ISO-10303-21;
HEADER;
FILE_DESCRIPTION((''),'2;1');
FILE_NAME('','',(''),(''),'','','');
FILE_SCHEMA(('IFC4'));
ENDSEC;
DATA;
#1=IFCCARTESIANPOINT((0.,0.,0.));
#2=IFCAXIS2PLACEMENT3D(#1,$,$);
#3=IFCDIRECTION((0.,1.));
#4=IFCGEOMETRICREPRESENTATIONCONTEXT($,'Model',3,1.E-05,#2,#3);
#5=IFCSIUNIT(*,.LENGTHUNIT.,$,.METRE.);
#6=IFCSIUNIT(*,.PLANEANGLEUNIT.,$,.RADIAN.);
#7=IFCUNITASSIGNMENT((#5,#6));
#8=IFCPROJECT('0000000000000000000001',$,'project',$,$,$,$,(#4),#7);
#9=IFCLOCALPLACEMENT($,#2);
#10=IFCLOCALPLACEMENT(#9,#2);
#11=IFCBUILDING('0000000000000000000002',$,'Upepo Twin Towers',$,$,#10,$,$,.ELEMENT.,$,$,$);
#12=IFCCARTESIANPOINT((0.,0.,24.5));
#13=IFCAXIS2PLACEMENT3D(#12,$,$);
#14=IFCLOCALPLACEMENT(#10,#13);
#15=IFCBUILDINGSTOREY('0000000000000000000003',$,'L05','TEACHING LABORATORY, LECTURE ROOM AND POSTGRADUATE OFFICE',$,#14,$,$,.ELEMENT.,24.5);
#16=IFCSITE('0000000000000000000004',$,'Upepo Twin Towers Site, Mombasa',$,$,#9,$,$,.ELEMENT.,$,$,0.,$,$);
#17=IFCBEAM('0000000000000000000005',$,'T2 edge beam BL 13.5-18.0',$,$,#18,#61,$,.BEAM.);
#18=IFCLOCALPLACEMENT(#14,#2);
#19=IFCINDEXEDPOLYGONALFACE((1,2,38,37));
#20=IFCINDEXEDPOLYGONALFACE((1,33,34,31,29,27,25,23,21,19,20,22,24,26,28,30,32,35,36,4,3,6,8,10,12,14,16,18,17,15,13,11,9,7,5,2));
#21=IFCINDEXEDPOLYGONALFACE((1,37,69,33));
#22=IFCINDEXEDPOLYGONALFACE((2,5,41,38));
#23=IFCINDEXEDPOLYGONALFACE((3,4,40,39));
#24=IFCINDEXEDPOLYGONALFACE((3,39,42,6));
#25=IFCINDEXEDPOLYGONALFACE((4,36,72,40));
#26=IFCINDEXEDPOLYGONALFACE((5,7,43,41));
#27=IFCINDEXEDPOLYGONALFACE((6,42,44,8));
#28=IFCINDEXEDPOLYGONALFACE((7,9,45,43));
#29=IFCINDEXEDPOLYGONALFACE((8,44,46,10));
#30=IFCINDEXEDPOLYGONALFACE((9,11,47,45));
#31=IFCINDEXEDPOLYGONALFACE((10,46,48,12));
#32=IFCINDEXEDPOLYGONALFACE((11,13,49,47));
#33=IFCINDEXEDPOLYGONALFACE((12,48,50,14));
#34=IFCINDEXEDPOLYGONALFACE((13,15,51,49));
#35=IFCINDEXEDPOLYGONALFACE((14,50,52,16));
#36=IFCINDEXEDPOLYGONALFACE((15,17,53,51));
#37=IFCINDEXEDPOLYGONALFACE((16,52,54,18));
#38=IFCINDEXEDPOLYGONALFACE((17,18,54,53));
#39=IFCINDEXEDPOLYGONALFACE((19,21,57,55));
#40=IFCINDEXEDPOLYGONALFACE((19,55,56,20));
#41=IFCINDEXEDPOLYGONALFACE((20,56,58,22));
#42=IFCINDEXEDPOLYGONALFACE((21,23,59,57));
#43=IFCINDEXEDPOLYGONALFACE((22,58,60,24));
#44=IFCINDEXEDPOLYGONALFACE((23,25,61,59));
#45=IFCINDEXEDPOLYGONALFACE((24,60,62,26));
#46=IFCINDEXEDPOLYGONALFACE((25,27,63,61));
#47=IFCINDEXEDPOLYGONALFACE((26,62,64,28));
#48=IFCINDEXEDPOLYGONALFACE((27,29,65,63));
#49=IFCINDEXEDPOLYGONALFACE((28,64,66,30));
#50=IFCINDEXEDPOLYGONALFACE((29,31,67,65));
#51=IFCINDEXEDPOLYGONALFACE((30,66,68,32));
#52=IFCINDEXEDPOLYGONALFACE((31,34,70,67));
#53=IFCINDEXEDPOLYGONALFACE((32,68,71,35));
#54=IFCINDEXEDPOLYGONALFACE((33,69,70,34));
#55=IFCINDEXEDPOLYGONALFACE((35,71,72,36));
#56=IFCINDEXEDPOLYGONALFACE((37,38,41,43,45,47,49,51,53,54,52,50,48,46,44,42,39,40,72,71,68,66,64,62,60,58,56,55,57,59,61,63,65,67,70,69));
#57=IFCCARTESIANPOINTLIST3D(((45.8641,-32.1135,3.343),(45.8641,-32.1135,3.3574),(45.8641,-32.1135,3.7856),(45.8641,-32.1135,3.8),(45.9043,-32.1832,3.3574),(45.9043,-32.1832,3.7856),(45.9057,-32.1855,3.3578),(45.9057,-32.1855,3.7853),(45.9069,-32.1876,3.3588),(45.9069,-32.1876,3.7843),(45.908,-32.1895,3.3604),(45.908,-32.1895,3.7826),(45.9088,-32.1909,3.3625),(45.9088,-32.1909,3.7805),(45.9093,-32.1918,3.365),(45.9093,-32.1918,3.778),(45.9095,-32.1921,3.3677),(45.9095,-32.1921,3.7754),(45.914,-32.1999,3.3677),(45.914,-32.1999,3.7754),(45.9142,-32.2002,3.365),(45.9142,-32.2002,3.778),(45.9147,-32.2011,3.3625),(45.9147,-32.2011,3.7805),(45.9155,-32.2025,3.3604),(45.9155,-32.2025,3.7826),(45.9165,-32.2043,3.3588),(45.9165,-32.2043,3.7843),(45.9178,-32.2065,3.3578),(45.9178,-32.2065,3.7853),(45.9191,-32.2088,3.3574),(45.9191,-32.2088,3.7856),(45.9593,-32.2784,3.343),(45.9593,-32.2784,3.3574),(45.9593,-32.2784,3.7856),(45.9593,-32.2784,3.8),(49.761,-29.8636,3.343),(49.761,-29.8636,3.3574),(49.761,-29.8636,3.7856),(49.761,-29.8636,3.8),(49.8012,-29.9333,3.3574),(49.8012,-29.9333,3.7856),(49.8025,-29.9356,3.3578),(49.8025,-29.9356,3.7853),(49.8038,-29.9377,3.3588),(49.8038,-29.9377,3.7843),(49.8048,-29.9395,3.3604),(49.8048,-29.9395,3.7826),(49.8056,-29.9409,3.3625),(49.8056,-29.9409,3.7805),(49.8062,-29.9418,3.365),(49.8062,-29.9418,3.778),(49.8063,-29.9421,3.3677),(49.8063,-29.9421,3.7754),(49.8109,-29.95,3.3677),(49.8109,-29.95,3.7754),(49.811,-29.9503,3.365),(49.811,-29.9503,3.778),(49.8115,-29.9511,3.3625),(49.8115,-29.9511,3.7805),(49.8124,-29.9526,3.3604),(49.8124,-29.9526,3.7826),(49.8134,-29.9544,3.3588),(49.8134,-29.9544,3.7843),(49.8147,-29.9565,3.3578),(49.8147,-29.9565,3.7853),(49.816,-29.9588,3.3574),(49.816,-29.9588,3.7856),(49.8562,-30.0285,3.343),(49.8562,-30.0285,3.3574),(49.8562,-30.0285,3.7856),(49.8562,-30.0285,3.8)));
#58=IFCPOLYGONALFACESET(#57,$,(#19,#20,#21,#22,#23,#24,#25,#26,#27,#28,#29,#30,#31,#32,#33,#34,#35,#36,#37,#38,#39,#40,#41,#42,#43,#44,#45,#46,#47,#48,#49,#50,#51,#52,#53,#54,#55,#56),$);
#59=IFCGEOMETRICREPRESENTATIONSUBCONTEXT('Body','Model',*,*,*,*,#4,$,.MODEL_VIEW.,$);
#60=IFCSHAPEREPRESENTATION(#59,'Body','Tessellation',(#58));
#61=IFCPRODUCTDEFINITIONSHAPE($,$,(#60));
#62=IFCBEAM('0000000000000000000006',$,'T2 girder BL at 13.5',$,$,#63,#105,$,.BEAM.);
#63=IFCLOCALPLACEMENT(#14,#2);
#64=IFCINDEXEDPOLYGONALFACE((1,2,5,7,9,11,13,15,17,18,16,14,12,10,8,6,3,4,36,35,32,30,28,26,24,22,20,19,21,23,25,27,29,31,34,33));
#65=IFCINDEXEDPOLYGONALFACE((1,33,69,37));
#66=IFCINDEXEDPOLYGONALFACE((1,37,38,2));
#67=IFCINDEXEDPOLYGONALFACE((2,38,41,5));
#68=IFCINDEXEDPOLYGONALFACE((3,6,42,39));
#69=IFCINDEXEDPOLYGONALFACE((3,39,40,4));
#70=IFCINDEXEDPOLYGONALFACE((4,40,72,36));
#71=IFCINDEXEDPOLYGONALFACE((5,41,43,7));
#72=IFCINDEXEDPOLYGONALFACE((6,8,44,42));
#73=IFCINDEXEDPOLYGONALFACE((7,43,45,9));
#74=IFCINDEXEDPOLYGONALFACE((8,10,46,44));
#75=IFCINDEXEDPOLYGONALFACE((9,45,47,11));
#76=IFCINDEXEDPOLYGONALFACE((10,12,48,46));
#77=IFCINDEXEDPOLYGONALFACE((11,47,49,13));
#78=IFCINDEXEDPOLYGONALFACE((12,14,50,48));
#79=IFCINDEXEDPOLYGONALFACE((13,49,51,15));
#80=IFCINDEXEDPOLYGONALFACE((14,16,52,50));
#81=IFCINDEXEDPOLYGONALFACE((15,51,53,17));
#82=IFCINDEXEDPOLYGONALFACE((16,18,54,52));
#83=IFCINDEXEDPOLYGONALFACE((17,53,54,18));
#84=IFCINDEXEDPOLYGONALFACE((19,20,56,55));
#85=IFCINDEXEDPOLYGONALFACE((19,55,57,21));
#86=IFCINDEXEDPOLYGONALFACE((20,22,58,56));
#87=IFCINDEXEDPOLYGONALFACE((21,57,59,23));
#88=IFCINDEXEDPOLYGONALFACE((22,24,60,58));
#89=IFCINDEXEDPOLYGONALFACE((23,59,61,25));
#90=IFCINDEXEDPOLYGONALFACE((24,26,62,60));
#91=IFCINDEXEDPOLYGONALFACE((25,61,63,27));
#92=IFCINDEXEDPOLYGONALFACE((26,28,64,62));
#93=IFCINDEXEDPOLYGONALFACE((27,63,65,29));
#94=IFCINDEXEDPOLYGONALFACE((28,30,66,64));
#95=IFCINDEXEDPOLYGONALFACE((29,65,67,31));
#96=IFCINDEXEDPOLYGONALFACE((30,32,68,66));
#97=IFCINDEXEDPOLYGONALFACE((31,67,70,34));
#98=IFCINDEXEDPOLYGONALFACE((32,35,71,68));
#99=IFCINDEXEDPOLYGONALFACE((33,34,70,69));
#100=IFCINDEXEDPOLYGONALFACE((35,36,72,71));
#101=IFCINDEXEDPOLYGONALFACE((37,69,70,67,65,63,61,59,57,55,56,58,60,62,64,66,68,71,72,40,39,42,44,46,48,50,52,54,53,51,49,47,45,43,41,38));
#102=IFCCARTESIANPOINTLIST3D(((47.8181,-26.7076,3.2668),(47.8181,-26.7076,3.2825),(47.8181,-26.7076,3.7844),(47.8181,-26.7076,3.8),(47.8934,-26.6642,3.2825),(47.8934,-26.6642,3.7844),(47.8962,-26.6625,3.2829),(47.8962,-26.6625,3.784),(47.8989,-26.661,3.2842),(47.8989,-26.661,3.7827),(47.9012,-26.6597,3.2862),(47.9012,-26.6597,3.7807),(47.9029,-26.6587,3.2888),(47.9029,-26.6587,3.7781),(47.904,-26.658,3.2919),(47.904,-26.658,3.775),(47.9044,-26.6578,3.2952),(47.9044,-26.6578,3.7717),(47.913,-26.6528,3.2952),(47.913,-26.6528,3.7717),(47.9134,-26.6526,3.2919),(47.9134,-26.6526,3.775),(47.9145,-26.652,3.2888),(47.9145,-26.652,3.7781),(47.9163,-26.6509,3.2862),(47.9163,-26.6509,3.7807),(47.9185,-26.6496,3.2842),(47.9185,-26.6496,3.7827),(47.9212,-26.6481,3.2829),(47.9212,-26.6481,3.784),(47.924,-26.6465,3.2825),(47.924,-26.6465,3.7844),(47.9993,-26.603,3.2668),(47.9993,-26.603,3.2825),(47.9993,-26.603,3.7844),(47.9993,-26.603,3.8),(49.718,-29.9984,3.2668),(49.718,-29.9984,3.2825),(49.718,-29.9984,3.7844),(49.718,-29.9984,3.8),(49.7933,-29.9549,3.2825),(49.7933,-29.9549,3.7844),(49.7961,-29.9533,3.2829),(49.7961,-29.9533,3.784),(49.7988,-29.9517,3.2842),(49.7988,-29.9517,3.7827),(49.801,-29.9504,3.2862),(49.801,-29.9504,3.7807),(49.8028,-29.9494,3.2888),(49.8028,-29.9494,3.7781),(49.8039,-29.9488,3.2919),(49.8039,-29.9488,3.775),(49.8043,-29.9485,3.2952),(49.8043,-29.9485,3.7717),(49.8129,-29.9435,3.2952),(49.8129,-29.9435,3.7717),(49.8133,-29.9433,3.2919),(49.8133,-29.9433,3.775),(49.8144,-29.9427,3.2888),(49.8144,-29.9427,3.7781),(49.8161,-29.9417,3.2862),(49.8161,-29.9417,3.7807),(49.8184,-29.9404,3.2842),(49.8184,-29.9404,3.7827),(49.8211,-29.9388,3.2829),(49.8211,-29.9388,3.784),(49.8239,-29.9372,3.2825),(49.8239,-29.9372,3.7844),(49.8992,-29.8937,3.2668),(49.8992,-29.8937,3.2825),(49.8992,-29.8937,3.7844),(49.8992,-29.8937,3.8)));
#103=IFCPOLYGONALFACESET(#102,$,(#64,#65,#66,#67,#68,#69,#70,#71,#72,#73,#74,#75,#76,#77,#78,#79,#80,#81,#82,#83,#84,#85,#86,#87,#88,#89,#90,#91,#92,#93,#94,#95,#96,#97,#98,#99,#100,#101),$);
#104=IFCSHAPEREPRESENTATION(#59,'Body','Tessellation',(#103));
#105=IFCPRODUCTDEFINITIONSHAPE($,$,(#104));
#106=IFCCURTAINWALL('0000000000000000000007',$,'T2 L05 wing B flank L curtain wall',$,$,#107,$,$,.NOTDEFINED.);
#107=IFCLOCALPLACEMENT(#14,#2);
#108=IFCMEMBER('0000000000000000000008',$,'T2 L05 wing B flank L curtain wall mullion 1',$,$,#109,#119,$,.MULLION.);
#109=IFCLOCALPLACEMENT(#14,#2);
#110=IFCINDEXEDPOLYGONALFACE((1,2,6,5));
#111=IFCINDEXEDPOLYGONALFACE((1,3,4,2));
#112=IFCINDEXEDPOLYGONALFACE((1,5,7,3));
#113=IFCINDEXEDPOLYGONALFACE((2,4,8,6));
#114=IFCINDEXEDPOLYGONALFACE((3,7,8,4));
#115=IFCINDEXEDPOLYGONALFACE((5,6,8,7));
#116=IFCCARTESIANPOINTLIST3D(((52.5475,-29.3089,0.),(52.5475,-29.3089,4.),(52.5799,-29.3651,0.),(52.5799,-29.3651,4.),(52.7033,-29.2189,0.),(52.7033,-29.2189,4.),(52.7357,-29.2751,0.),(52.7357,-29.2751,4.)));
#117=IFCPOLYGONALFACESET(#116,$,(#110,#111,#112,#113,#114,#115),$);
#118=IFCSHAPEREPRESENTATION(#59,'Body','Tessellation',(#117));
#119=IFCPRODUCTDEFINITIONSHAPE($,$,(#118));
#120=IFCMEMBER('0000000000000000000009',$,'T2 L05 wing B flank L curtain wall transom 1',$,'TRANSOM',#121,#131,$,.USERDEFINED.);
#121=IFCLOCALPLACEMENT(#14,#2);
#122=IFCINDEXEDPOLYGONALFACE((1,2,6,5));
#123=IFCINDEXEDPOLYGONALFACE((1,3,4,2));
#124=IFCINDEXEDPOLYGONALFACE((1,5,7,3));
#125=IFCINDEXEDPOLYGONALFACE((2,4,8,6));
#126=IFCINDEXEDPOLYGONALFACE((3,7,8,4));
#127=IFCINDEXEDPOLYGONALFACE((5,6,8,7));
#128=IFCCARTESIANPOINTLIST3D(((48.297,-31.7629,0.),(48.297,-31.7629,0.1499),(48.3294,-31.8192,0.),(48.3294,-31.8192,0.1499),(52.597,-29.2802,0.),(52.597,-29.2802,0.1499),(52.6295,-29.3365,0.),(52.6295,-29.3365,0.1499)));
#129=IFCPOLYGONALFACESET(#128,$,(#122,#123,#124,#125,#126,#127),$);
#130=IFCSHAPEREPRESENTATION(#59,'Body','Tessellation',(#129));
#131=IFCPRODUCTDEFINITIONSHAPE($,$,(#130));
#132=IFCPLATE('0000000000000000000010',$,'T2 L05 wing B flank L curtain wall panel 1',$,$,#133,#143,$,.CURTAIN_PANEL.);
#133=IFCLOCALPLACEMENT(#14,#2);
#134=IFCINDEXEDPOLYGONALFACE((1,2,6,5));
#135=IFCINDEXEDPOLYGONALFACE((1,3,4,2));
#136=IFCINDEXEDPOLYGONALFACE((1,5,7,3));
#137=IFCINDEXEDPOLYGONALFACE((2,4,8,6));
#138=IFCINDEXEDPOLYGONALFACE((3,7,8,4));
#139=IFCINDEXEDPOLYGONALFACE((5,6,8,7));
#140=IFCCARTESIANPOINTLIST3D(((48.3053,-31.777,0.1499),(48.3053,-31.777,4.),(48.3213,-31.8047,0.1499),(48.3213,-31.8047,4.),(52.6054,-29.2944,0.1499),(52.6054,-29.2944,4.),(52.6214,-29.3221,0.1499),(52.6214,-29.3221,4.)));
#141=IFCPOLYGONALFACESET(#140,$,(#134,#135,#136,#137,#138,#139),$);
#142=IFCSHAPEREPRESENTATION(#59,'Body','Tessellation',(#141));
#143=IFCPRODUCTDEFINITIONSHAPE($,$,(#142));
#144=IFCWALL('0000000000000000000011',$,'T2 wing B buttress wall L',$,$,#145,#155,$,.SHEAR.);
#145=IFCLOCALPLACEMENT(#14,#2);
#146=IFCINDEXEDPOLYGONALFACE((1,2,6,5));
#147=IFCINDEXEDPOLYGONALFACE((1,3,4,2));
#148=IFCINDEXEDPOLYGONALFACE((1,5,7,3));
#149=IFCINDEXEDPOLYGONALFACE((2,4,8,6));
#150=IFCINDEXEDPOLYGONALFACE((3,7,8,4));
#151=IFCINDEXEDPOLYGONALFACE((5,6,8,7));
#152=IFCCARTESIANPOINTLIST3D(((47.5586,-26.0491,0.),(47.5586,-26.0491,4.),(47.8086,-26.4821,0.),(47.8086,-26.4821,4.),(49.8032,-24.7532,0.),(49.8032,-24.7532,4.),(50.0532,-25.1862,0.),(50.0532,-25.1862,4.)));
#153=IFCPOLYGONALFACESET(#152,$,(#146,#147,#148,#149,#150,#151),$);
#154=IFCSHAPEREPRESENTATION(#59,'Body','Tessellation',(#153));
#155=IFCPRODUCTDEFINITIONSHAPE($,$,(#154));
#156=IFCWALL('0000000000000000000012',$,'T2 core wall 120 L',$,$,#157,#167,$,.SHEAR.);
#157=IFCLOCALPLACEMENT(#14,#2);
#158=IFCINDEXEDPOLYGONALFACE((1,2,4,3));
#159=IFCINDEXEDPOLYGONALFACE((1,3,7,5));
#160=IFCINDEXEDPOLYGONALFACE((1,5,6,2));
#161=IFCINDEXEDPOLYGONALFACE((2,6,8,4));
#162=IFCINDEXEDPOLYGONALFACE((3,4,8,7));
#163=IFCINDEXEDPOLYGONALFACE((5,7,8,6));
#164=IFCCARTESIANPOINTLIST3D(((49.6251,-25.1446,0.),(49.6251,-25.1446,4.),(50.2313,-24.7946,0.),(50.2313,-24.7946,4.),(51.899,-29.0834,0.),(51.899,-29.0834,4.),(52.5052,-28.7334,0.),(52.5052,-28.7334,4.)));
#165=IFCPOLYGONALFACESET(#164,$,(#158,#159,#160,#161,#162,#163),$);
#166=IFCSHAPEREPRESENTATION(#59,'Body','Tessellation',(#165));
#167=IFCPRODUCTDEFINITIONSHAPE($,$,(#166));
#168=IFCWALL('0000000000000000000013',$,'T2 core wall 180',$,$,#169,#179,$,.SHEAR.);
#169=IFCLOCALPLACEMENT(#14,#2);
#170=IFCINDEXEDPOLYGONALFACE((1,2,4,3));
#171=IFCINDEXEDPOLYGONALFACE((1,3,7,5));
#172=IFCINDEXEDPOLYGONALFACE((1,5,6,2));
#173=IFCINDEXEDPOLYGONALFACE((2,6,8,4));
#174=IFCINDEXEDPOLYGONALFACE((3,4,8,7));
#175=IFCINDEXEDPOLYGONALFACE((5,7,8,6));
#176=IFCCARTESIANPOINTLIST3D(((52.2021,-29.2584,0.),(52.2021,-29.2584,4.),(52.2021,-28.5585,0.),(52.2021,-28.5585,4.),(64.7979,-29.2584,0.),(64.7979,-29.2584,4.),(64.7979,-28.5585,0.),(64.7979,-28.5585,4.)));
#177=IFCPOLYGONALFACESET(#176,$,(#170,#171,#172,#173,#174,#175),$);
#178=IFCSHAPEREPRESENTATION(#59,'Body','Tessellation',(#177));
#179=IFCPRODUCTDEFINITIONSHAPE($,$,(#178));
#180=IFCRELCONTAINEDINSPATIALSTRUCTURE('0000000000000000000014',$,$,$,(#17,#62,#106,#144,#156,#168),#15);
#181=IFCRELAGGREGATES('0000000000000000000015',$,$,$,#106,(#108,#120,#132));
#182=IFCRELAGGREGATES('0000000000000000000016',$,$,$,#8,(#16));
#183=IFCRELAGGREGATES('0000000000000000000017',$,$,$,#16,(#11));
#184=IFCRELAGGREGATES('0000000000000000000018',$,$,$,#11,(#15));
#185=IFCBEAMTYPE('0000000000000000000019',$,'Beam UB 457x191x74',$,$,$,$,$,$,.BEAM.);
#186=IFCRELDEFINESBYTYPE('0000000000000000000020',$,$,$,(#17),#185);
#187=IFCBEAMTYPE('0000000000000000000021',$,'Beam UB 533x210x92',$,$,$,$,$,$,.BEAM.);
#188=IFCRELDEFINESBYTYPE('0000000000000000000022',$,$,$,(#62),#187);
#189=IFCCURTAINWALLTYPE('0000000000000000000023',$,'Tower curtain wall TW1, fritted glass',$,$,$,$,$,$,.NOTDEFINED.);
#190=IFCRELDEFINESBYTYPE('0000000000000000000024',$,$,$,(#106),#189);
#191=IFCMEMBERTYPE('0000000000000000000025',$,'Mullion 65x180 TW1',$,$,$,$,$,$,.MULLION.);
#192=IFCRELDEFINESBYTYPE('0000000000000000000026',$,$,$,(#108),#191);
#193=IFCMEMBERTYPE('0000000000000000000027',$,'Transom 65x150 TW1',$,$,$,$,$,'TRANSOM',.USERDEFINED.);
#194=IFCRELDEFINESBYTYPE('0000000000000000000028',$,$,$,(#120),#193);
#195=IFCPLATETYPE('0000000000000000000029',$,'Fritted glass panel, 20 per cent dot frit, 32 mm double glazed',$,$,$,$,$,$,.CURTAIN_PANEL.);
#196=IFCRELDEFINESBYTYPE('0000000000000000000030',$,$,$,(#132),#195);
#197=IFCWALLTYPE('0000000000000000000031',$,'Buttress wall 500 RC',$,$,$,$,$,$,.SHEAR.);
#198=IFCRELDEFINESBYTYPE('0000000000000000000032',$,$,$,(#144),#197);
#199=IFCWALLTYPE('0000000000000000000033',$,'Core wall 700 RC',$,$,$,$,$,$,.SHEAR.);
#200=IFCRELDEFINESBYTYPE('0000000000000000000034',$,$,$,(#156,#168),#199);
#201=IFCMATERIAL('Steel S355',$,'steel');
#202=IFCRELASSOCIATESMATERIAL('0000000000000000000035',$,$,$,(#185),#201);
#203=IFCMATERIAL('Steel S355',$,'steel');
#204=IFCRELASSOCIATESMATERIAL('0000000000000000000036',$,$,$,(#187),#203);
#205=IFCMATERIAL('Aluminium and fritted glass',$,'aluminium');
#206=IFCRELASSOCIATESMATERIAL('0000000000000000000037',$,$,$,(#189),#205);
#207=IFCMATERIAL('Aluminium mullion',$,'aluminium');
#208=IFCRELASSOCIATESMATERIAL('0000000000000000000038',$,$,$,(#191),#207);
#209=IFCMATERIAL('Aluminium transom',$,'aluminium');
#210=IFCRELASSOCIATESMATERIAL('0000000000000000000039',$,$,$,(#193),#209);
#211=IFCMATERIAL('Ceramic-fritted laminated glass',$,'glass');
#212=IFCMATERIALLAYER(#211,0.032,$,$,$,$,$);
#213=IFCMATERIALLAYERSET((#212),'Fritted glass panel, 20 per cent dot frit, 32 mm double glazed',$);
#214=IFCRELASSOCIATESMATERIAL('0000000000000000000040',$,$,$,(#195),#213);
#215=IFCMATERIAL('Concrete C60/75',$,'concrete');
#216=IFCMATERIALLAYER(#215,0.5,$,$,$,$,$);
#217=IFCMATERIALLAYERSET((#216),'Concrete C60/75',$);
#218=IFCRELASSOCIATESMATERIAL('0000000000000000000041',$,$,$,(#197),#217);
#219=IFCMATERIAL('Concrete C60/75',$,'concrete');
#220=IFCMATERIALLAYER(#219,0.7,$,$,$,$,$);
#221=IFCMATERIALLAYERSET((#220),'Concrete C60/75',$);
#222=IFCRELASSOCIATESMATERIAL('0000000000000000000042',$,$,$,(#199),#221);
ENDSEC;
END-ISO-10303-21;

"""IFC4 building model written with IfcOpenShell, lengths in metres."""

from ifc_helpers import new_model, si_unit, direction, frame, frame_2d, origin, origin_2d, place, context, subcontext, project, spatial, rectangle, i_section, extrude, material, layer, layer_set, material_profile, profile_set, type_object, element, aggregate, save


model = new_model("IFC4")

# Units and contexts
model_context = context("Model", 3, precision=1e-05, world=origin(), true_north=direction((0.0, 1.0)))
body_context = subcontext(model_context, "Body", "Model", "MODEL_VIEW")
ifc_project = project(units=[si_unit("LENGTHUNIT", "METRE"), si_unit("PLANEANGLEUNIT", "RADIAN")], contexts=[model_context])

# Site, building, storey
site_placement = place(None, origin())
site = spatial("IfcSite", under=ifc_project, at=site_placement, Name="Upepo Twin Towers Site, Mombasa", CompositionType="ELEMENT", RefElevation=0.0)
building_placement = place(site_placement, origin())
building = spatial("IfcBuilding", under=site, at=building_placement, Name="Upepo Twin Towers", CompositionType="ELEMENT")
storey_placement = place(building_placement, frame((0.0, 0.0, 24.5)))
storey = spatial("IfcBuildingStorey", under=building, at=storey_placement, Name="L05", Description="TEACHING LABORATORY, LECTURE ROOM AND POSTGRADUATE OFFICE", CompositionType="ELEMENT", Elevation=24.5)

# Beams
ifc_material_1 = material(Name="Steel S355", Category="steel")
ifc_material_profile_1 = material_profile(ifc_material_1, i_section(OverallWidth=0.1904, OverallDepth=0.457, WebThickness=0.009, FlangeThickness=0.0144, FilletRadius=0.0103, at=origin_2d()), Name="UB 457x191x74")
ifc_profile_set_1 = profile_set([ifc_material_profile_1], Name="Steel S355")
beam_type_1 = type_object("IfcBeamType", Name="Beam UB 457x191x74", PredefinedType="BEAM", material=ifc_profile_set_1)
beam_1_placement = place(storey_placement, frame((49.8086, -29.946, 3.5715), z_axis=(-0.866018, -0.500014, 0.0), x_axis=(0.500014, -0.866018, 0.0)))
element("IfcBeam", 1, at=beam_1_placement, inside=storey, type_object=beam_type_1, Name="T2 edge beam BL 13.5-18.0", PredefinedType="BEAM", context=body_context, shape_type="SweptSolid", body=[
    extrude(i_section(OverallWidth=0.1904, OverallDepth=0.457, WebThickness=0.009, FlangeThickness=0.0144, FilletRadius=0.0103, at=origin_2d()), origin(), (0.0, 0.0, 1.0), 4.4998),
])
ifc_material_2 = material(Name="Steel S355", Category="steel")
ifc_material_profile_2 = material_profile(ifc_material_2, i_section(OverallWidth=0.2092, OverallDepth=0.5332, WebThickness=0.01, FlangeThickness=0.0156, FilletRadius=0.0127, at=origin_2d()), Name="UB 533x210x92")
ifc_profile_set_2 = profile_set([ifc_material_profile_2], Name="Steel S355")
beam_type_2 = type_object("IfcBeamType", Name="Beam UB 533x210x92", PredefinedType="BEAM", material=ifc_profile_set_2)
beam_2_placement = place(storey_placement, frame((49.8086, -29.946, 3.5334), z_axis=(-0.499995, 0.866028, 0.0), x_axis=(-0.866028, -0.499995, 0.0)))
element("IfcBeam", 2, at=beam_2_placement, inside=storey, type_object=beam_type_2, Name="T2 girder BL at 13.5", PredefinedType="BEAM", context=body_context, shape_type="SweptSolid", body=[
    extrude(i_section(OverallWidth=0.2092, OverallDepth=0.5332, WebThickness=0.01, FlangeThickness=0.0156, FilletRadius=0.0127, at=origin_2d()), origin(), (0.0, 0.0, 1.0), 3.7998),
])

# Curtain wall, members, plate
ifc_material_3 = material(Name="Aluminium and fritted glass", Category="aluminium")
curtain_wall_type = type_object("IfcCurtainWallType", Name="Tower curtain wall TW1, fritted glass", PredefinedType="NOTDEFINED", material=ifc_material_3)
curtain_wall_placement = place(storey_placement, origin())
curtain_wall = element("IfcCurtainWall", 3, at=curtain_wall_placement, inside=storey, type_object=curtain_wall_type, Name="T2 L05 wing B flank L curtain wall", PredefinedType="NOTDEFINED")
ifc_material_4 = material(Name="Aluminium mullion", Category="aluminium")
ifc_material_profile_3 = material_profile(ifc_material_4, rectangle(XDim=0.0649, YDim=0.1799, at=origin_2d()), Name="MULLION 65x180")
ifc_profile_set_3 = profile_set([ifc_material_profile_3], Name="Aluminium mullion")
member_type_1 = type_object("IfcMemberType", Name="Mullion 65x180 TW1", PredefinedType="MULLION", material=ifc_profile_set_3)
member_1_placement = place(storey_placement, frame((52.6416, -29.292, 0.0), z_axis=(0.0, 0.0, 1.0), x_axis=(0.5, -0.866025, 0.0)))
member_1 = element("IfcMember", 4, at=member_1_placement, type_object=member_type_1, Name="T2 L05 wing B flank L curtain wall mullion 1", PredefinedType="MULLION", context=body_context, shape_type="SweptSolid", body=[
    extrude(rectangle(XDim=0.0649, YDim=0.1799, at=origin_2d()), origin(), (0.0, 0.0, 1.0), 4.0),
])
ifc_material_5 = material(Name="Aluminium transom", Category="aluminium")
ifc_material_profile_4 = material_profile(ifc_material_5, rectangle(XDim=0.0649, YDim=0.1499, at=origin_2d()), Name="TRANSOM 65x150")
ifc_profile_set_4 = profile_set([ifc_material_profile_4], Name="Aluminium transom")
member_type_2 = type_object("IfcMemberType", Name="Transom 65x150 TW1", ElementType="TRANSOM", PredefinedType="USERDEFINED", material=ifc_profile_set_4)
member_2_placement = place(storey_placement, frame((52.6133, -29.3083, 0.075), z_axis=(-0.866023, -0.500005, 0.0), x_axis=(0.500005, -0.866023, 0.0)))
member_2 = element("IfcMember", 5, at=member_2_placement, type_object=member_type_2, Name="T2 L05 wing B flank L curtain wall transom 1", ObjectType="TRANSOM", PredefinedType="USERDEFINED", context=body_context, shape_type="SweptSolid", body=[
    extrude(rectangle(XDim=0.0649, YDim=0.1499, at=origin_2d()), origin(), (0.0, 0.0, 1.0), 4.9653),
])
ifc_material_6 = material(Name="Ceramic-fritted laminated glass", Category="glass")
ifc_layer_1 = layer(ifc_material_6, 0.032)
ifc_layer_set_1 = layer_set([ifc_layer_1], Name="Fritted glass panel, 20 per cent dot frit, 32 mm double glazed")
plate_type = type_object("IfcPlateType", Name="Fritted glass panel, 20 per cent dot frit, 32 mm double glazed", PredefinedType="CURTAIN_PANEL", material=ifc_layer_set_1)
plate_placement = place(storey_placement, frame((50.4634, -30.5496, 0.1499), z_axis=(0.0, 0.0, 1.0), x_axis=(-0.866025, -0.5, 0.0)))
plate = element("IfcPlate", 6, at=plate_placement, type_object=plate_type, Name="T2 L05 wing B flank L curtain wall panel 1", PredefinedType="CURTAIN_PANEL", context=body_context, shape_type="SweptSolid", body=[
    extrude(rectangle(XDim=4.9653, YDim=0.032, at=origin_2d()), origin(), (0.0, 0.0, 1.0), 3.8501),
])
aggregate(curtain_wall, [member_1, member_2, plate])

# Walls
ifc_material_7 = material(Name="Concrete C60/75", Category="concrete")
ifc_layer_2 = layer(ifc_material_7, 0.5)
ifc_layer_set_2 = layer_set([ifc_layer_2], Name="Concrete C60/75")
wall_type_1 = type_object("IfcWallType", Name="Buttress wall 500 RC", PredefinedType="SHEAR", material=ifc_layer_set_2)
wall_1_placement = place(storey_placement, frame((49.9282, -24.9697, 0.0), z_axis=(0.0, 0.0, 1.0), x_axis=(-0.866032, -0.499989, 0.0)))
element("IfcWall", 7, at=wall_1_placement, inside=storey, type_object=wall_type_1, Name="T2 wing B buttress wall L", PredefinedType="SHEAR", context=body_context, shape_type="SweptSolid", body=[
    extrude(rectangle(XDim=2.5918, YDim=0.5, at=frame_2d((1.2959, 0.0))), origin(), (0.0, 0.0, 1.0), 4.0),
])
ifc_material_8 = material(Name="Concrete C60/75", Category="concrete")
ifc_layer_3 = layer(ifc_material_8, 0.7)
ifc_layer_set_3 = layer_set([ifc_layer_3], Name="Concrete C60/75")
wall_type_2 = type_object("IfcWallType", Name="Core wall 700 RC", PredefinedType="SHEAR", material=ifc_layer_set_3)
wall_2_placement = place(storey_placement, frame((49.9282, -24.9697, 0.0), z_axis=(0.0, 0.0, 1.0), x_axis=(0.499984, -0.866035, 0.0)))
element("IfcWall", 8, at=wall_2_placement, inside=storey, type_object=wall_type_2, Name="T2 core wall 120 L", PredefinedType="SHEAR", context=body_context, shape_type="SweptSolid", body=[
    extrude(rectangle(XDim=4.5481, YDim=0.7, at=frame_2d((2.2739, 0.0))), origin(), (0.0, 0.0, 1.0), 4.0),
])
wall_3_placement = place(storey_placement, frame((52.2021, -28.9084, 0.0), z_axis=(0.0, 0.0, 1.0), x_axis=(1.0, 0.0, 0.0)))
element("IfcWall", 9, at=wall_3_placement, inside=storey, type_object=wall_type_2, Name="T2 core wall 180", PredefinedType="SHEAR", context=body_context, shape_type="SweptSolid", body=[
    extrude(rectangle(XDim=12.5957, YDim=0.7, at=frame_2d((6.2979, 0.0))), origin(), (0.0, 0.0, 1.0), 4.0),
])

save(model, "model.ifc")
